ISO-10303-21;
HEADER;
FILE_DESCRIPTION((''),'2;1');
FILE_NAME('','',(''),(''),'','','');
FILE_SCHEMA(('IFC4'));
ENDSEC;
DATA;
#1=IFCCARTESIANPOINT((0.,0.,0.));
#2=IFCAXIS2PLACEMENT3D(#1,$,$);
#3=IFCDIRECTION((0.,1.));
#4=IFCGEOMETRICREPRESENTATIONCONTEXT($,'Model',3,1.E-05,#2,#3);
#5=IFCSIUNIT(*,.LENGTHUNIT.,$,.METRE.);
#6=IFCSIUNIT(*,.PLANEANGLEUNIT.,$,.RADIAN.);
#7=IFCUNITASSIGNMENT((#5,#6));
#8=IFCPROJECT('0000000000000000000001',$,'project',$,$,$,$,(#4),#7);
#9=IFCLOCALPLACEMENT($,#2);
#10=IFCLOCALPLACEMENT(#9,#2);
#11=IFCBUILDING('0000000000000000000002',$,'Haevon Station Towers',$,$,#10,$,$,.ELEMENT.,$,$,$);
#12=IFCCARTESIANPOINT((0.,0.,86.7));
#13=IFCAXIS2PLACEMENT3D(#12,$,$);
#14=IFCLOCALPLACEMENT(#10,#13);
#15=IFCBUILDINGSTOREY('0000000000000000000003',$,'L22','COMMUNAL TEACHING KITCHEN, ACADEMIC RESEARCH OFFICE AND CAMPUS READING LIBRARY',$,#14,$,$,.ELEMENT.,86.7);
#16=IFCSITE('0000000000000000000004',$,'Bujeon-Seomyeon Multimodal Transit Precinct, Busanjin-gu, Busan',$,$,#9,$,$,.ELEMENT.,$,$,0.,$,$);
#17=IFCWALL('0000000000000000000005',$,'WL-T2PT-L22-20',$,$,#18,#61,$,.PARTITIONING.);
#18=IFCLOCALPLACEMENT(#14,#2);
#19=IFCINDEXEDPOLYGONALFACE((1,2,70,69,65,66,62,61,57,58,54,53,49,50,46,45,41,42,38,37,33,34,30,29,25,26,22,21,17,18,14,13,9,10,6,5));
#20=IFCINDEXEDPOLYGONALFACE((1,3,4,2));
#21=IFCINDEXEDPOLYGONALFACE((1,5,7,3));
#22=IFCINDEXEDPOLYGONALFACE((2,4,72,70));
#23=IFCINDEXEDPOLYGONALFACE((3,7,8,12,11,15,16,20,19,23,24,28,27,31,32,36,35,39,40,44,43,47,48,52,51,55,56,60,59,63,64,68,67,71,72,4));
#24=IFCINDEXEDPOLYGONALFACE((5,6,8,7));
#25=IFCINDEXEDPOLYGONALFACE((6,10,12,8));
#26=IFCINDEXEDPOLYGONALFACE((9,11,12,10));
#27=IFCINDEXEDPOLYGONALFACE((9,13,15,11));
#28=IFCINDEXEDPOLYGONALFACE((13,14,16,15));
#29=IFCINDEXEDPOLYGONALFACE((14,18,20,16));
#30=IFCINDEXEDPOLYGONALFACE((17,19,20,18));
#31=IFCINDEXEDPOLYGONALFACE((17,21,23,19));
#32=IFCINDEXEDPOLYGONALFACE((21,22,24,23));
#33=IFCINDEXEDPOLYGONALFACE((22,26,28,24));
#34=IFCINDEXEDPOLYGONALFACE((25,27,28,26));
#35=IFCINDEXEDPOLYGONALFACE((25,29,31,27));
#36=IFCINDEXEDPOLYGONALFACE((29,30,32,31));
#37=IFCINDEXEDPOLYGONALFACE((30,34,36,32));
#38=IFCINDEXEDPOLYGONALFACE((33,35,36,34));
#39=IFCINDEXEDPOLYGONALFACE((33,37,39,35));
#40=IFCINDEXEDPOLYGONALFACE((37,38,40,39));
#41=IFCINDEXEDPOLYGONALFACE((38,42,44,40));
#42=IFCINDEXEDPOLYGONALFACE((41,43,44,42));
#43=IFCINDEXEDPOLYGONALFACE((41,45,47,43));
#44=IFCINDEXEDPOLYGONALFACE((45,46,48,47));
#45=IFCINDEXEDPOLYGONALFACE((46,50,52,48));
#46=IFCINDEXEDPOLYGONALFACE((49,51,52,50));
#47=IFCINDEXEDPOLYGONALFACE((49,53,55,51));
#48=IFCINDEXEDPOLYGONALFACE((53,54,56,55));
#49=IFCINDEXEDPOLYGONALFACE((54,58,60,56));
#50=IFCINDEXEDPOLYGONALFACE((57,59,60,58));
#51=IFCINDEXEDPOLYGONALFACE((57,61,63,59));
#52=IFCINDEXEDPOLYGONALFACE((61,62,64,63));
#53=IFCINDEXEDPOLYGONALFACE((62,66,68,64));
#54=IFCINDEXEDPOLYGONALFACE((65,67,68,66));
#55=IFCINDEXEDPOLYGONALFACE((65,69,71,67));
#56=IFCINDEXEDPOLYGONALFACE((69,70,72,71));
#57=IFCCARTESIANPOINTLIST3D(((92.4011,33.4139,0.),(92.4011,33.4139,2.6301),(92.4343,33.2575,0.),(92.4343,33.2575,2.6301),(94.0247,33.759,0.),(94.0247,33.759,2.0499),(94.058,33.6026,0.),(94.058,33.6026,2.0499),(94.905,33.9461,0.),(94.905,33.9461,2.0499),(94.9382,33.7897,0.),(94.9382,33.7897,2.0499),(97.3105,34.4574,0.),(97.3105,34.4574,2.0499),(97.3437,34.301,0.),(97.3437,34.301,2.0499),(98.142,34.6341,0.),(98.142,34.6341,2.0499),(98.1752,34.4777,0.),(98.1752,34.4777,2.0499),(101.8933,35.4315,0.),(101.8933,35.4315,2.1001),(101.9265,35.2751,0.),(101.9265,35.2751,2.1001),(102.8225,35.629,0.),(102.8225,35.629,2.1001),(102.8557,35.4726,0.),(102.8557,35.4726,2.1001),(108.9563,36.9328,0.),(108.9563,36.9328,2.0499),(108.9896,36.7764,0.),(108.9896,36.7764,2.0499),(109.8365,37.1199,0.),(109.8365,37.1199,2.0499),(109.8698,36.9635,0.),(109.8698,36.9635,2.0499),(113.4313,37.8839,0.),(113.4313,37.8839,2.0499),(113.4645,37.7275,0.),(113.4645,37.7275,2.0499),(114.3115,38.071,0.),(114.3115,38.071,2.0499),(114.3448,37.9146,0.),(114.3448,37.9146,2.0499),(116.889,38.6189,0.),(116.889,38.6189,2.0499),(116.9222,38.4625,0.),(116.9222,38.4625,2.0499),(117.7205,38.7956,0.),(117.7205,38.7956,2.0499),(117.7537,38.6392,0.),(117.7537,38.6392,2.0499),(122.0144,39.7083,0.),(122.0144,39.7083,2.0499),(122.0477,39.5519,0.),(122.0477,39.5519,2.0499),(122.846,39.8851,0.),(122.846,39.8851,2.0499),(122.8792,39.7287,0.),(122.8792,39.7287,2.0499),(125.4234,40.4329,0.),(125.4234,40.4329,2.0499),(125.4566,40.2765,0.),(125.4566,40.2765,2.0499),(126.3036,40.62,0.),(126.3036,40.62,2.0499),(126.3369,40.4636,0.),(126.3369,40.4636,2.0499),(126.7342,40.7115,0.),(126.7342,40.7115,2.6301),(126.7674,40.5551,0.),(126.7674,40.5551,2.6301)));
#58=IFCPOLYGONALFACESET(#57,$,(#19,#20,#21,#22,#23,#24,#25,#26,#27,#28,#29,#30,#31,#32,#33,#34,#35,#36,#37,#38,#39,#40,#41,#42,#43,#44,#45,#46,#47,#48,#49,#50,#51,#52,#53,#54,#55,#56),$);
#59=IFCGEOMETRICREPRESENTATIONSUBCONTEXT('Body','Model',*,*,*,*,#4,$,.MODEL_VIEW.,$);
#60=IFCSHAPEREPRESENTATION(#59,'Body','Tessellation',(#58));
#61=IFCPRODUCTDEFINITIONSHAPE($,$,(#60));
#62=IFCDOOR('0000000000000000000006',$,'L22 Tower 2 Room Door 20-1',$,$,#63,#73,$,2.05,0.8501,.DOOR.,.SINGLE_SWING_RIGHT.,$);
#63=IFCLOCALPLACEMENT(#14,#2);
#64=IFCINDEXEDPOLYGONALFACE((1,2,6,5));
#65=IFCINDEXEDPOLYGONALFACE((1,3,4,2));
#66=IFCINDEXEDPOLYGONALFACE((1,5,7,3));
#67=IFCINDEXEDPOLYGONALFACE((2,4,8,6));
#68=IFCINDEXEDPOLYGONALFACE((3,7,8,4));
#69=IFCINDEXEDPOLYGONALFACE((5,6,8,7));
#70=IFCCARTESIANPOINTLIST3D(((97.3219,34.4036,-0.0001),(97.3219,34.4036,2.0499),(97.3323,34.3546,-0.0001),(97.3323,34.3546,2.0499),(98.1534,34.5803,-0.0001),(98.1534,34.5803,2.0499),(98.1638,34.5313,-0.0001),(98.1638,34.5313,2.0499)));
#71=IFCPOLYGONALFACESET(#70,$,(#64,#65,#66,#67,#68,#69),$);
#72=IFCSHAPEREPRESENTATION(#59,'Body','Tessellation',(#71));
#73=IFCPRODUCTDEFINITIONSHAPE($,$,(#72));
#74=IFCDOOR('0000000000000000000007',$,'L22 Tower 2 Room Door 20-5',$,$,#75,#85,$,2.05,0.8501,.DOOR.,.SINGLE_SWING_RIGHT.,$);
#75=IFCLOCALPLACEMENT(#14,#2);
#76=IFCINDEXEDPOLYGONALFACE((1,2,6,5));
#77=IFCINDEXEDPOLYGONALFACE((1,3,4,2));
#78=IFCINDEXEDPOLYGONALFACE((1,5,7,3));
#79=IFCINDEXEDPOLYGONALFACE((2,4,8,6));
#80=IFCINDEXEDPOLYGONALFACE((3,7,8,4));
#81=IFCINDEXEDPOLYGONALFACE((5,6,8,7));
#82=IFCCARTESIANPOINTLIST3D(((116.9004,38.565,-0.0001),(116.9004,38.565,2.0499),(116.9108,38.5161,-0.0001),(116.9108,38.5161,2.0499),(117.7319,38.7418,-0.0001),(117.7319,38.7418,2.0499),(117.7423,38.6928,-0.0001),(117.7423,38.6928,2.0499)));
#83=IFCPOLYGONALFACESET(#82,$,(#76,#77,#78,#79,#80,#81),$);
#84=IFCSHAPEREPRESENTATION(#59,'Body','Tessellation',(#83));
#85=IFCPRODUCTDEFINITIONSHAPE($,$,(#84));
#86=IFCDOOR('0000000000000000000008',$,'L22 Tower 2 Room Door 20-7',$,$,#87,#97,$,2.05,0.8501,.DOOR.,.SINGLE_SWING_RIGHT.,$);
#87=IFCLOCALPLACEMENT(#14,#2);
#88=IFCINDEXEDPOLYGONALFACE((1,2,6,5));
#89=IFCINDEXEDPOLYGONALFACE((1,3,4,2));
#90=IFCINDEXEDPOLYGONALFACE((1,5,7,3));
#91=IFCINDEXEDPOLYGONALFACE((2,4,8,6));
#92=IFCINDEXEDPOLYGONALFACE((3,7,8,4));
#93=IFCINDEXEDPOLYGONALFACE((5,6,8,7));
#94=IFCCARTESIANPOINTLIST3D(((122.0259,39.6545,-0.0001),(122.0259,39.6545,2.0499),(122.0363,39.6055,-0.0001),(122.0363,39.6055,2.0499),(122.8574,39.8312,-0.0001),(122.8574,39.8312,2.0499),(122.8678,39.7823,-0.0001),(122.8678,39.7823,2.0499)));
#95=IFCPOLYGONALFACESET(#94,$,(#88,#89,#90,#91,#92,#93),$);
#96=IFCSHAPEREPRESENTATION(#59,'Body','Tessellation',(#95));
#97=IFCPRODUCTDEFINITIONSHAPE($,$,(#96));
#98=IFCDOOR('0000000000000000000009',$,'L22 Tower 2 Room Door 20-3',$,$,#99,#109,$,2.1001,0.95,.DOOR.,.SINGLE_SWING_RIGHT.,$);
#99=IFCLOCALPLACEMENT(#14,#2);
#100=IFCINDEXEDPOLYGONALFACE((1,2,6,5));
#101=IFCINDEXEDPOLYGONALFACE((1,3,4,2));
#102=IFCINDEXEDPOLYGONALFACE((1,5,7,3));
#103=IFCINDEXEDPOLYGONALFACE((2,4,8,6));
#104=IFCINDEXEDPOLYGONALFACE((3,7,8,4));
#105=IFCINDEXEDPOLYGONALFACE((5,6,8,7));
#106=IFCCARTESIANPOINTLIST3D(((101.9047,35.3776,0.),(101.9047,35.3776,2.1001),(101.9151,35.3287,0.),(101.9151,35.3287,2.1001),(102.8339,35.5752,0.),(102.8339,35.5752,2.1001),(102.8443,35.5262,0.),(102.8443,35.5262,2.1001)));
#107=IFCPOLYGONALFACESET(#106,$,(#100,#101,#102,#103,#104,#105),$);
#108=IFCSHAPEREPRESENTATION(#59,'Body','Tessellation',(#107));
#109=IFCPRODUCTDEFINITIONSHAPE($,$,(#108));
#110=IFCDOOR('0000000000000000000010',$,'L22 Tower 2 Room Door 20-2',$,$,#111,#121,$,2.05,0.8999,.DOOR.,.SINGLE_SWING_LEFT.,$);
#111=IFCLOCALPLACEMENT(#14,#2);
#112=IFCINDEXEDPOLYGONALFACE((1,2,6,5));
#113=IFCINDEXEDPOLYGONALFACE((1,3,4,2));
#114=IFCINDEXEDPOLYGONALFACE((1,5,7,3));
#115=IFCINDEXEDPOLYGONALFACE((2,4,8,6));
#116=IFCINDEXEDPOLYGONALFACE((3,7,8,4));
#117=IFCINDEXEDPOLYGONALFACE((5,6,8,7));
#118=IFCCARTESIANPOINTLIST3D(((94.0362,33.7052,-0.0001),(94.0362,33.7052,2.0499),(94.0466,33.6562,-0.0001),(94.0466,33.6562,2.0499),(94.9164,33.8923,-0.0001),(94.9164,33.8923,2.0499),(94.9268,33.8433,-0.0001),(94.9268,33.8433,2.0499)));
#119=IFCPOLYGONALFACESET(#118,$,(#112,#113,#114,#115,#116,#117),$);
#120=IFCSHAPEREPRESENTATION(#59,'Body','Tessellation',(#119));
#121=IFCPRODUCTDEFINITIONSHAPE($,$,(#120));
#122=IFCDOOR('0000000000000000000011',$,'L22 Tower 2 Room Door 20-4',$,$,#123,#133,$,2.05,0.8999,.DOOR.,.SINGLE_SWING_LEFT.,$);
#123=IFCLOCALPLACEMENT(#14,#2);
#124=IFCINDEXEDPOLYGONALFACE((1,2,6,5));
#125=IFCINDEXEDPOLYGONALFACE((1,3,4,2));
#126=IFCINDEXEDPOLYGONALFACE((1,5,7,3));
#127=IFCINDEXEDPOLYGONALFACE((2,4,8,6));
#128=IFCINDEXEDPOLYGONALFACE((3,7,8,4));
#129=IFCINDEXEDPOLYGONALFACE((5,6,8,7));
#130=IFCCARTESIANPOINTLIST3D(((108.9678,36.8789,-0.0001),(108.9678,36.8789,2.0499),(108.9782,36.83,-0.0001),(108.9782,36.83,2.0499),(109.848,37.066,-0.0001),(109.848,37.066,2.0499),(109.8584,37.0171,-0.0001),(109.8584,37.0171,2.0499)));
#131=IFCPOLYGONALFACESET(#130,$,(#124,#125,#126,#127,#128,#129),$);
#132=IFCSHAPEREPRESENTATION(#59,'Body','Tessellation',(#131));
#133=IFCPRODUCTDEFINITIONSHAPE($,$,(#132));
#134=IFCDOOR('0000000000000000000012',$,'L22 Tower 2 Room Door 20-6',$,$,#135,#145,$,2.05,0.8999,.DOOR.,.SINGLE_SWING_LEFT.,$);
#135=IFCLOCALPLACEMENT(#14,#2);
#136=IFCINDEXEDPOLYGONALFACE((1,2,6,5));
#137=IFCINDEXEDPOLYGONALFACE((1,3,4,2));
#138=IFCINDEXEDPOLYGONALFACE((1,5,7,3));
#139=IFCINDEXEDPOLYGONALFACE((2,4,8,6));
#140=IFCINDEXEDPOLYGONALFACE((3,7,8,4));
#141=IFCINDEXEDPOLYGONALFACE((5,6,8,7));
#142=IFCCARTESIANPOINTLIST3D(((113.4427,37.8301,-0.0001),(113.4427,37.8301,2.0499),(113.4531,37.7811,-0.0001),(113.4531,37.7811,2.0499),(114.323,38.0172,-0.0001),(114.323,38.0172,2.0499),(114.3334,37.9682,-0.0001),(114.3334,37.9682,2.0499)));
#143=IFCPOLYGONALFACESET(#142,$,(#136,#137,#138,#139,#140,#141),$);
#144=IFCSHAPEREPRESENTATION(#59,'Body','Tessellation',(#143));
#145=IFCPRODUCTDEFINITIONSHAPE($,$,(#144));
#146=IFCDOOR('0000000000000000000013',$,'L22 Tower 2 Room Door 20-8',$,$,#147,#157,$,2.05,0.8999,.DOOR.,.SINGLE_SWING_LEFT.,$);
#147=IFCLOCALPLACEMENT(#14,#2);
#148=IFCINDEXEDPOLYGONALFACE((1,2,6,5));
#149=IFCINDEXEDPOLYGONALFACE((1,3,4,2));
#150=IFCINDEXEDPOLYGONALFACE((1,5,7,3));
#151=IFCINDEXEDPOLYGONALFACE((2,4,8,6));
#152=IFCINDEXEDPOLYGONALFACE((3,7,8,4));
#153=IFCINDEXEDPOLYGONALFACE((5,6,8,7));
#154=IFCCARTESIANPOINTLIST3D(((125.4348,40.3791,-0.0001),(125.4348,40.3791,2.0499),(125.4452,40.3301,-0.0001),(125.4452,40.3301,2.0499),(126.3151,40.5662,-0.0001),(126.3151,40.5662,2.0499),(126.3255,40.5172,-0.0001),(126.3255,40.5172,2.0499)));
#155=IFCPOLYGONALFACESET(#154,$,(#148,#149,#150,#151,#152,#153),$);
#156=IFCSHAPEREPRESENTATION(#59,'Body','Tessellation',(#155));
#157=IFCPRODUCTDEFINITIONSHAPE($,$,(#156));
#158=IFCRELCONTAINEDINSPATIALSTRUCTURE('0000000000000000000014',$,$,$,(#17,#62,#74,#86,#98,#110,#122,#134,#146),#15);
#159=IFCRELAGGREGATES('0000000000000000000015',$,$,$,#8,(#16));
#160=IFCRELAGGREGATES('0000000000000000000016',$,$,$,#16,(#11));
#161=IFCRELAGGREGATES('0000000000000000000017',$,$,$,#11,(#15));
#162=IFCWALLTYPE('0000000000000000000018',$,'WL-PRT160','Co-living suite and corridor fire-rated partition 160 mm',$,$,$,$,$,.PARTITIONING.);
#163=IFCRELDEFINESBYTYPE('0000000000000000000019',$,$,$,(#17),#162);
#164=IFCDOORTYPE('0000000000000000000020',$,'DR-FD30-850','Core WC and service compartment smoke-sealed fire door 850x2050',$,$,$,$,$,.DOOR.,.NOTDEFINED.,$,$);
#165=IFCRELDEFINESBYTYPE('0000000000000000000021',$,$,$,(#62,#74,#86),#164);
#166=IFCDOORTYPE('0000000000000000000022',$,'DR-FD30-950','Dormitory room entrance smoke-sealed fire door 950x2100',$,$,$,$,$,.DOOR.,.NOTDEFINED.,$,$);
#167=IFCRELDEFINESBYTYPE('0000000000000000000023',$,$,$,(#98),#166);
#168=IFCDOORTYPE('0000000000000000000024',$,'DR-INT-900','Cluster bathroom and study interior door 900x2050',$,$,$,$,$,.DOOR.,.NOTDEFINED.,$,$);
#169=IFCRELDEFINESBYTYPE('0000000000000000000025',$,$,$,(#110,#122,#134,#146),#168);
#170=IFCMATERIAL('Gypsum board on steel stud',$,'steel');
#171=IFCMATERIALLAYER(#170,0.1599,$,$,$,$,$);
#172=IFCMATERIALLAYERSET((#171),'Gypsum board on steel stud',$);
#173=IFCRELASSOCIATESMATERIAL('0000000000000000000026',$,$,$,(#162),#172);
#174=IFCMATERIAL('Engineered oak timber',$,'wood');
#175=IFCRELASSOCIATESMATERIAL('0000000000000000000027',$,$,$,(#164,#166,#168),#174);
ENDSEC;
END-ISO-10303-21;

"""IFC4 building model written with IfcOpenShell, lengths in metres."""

from ifc_helpers import new_model, si_unit, direction, frame, frame_2d, origin, place, context, subcontext, project, spatial, rectangle, extrude, material, layer, layer_set, type_object, element, fill, save


model = new_model("IFC4")

# Units and contexts
model_context = context("Model", 3, precision=1e-05, world=origin(), true_north=direction((0.0, 1.0)))
body_context = subcontext(model_context, "Body", "Model", "MODEL_VIEW")
ifc_project = project(units=[si_unit("LENGTHUNIT", "METRE"), si_unit("PLANEANGLEUNIT", "RADIAN")], contexts=[model_context])

# Site, building, storey
site_placement = place(None, origin())
site = spatial("IfcSite", under=ifc_project, at=site_placement, Name="Bujeon-Seomyeon Multimodal Transit Precinct, Busanjin-gu, Busan", CompositionType="ELEMENT", RefElevation=0.0)
building_placement = place(site_placement, origin())
building = spatial("IfcBuilding", under=site, at=building_placement, Name="Haevon Station Towers", CompositionType="ELEMENT")
storey_placement = place(building_placement, frame((0.0, 0.0, 86.7)))
storey = spatial("IfcBuildingStorey", under=building, at=storey_placement, Name="L22", Description="COMMUNAL TEACHING KITCHEN, ACADEMIC RESEARCH OFFICE AND CAMPUS READING LIBRARY", CompositionType="ELEMENT", Elevation=86.7)

# Shared definitions
ifc_material_1 = material(Name="Gypsum board on steel stud", Category="steel")
ifc_layer_1 = layer(ifc_material_1, 0.1599)
ifc_layer_set_1 = layer_set([ifc_layer_1], Name="Gypsum board on steel stud")
wall_type_1 = type_object("IfcWallType", Name="WL-PRT160", Description="Co-living suite and corridor fire-rated partition 160 mm", PredefinedType="PARTITIONING", material=ifc_layer_set_1)

# Wall, openings, doors
wall_1_placement = place(storey_placement, frame((92.4177, 33.3357, 0.0), z_axis=(0.0, 0.0, 1.0), x_axis=(0.978148, 0.207909, 0.0)))
wall_1 = element("IfcWall", 1, at=wall_1_placement, inside=storey, type_object=wall_type_1, Name="WL-T2PT-L22-20", PredefinedType="PARTITIONING", context=body_context, shape_type="SweptSolid", body=[
    extrude(rectangle(XDim=35.1001, YDim=0.1599, at=frame_2d((17.55, 0.0))), origin(), (0.0, 0.0, 1.0), 2.6301),
])
opening_1_placement = place(wall_1_placement, frame((5.019, 0.0, 0.0)))
opening_1 = element("IfcOpeningElement", 2, at=opening_1_placement, cuts=wall_1, PredefinedType="OPENING", context=body_context, shape_type="SweptSolid", body=[
    extrude(rectangle(XDim=0.8501, YDim=2.05, at=frame_2d((0.425, 1.0249))), frame((0.0, 0.0898, 0.0), z_axis=(0.0, -1.0, 0.0), x_axis=(1.0, 0.0, 0.0)), (0.0, 0.0, 1.0), 0.1799),
])
opening_2_placement = place(wall_1_placement, frame((1.6599, 0.0, 0.0)))
opening_2 = element("IfcOpeningElement", 3, at=opening_2_placement, cuts=wall_1, PredefinedType="OPENING", context=body_context, shape_type="SweptSolid", body=[
    extrude(rectangle(XDim=0.8999, YDim=2.05, at=frame_2d((0.45, 1.0249))), frame((0.0, 0.0898, 0.0), z_axis=(0.0, -1.0, 0.0), x_axis=(1.0, 0.0, 0.0)), (0.0, 0.0, 1.0), 0.1799),
])
opening_3_placement = place(wall_1_placement, frame((9.7041, 0.0, 0.0)))
opening_3 = element("IfcOpeningElement", 4, at=opening_3_placement, cuts=wall_1, PredefinedType="OPENING", context=body_context, shape_type="SweptSolid", body=[
    extrude(rectangle(XDim=0.95, YDim=2.1001, at=frame_2d((0.4751, 1.05))), frame((0.0, 0.0898, 0.0), z_axis=(0.0, -1.0, 0.0), x_axis=(1.0, 0.0, 0.0)), (0.0, 0.0, 1.0), 0.1799),
])
opening_4_placement = place(wall_1_placement, frame((16.925, 0.0, 0.0)))
opening_4 = element("IfcOpeningElement", 5, at=opening_4_placement, cuts=wall_1, PredefinedType="OPENING", context=body_context, shape_type="SweptSolid", body=[
    extrude(rectangle(XDim=0.8999, YDim=2.05, at=frame_2d((0.45, 1.0249))), frame((0.0, 0.0898, 0.0), z_axis=(0.0, -1.0, 0.0), x_axis=(1.0, 0.0, 0.0)), (0.0, 0.0, 1.0), 0.1799),
])
opening_5_placement = place(wall_1_placement, frame((25.0349, 0.0, 0.0)))
opening_5 = element("IfcOpeningElement", 6, at=opening_5_placement, cuts=wall_1, PredefinedType="OPENING", context=body_context, shape_type="SweptSolid", body=[
    extrude(rectangle(XDim=0.8501, YDim=2.05, at=frame_2d((0.425, 1.0249))), frame((0.0, 0.0898, 0.0), z_axis=(0.0, -1.0, 0.0), x_axis=(1.0, 0.0, 0.0)), (0.0, 0.0, 1.0), 0.1799),
])
opening_6_placement = place(wall_1_placement, frame((21.5, 0.0, 0.0)))
opening_6 = element("IfcOpeningElement", 7, at=opening_6_placement, cuts=wall_1, PredefinedType="OPENING", context=body_context, shape_type="SweptSolid", body=[
    extrude(rectangle(XDim=0.8999, YDim=2.05, at=frame_2d((0.45, 1.0249))), frame((0.0, 0.0898, 0.0), z_axis=(0.0, -1.0, 0.0), x_axis=(1.0, 0.0, 0.0)), (0.0, 0.0, 1.0), 0.1799),
])
opening_7_placement = place(wall_1_placement, frame((30.2749, 0.0, 0.0)))
opening_7 = element("IfcOpeningElement", 8, at=opening_7_placement, cuts=wall_1, PredefinedType="OPENING", context=body_context, shape_type="SweptSolid", body=[
    extrude(rectangle(XDim=0.8501, YDim=2.05, at=frame_2d((0.425, 1.0249))), frame((0.0, 0.0898, 0.0), z_axis=(0.0, -1.0, 0.0), x_axis=(1.0, 0.0, 0.0)), (0.0, 0.0, 1.0), 0.1799),
])
opening_8_placement = place(wall_1_placement, frame((33.76, 0.0, 0.0)))
opening_8 = element("IfcOpeningElement", 9, at=opening_8_placement, cuts=wall_1, PredefinedType="OPENING", context=body_context, shape_type="SweptSolid", body=[
    extrude(rectangle(XDim=0.8999, YDim=2.05, at=frame_2d((0.45, 1.0249))), frame((0.0, 0.0898, 0.0), z_axis=(0.0, -1.0, 0.0), x_axis=(1.0, 0.0, 0.0)), (0.0, 0.0, 1.0), 0.1799),
])
ifc_material_2 = material(Name="Engineered oak timber", Category="wood")
door_type_1 = type_object("IfcDoorType", Name="DR-FD30-850", Description="Core WC and service compartment smoke-sealed fire door 850x2050", OperationType="NOTDEFINED", PredefinedType="DOOR", material=ifc_material_2)
door_1_placement = place(opening_1_placement, origin())
door_1 = element("IfcDoor", 10, at=door_1_placement, inside=storey, type_object=door_type_1, Name="L22 Tower 2 Room Door 20-1", OperationType="SINGLE_SWING_RIGHT", OverallHeight=2.05, OverallWidth=0.8501, PredefinedType="DOOR", context=body_context, shape_type="SweptSolid", body=[
    extrude(rectangle(XDim=0.8501, YDim=2.05, at=frame_2d((0.425, 1.0249))), frame((0.0, 0.0249, 0.0), z_axis=(0.0, -1.0, 0.0), x_axis=(1.0, 0.0, 0.0)), (0.0, 0.0, 1.0), 0.05),
])
fill(opening_1, door_1)
door_2_placement = place(opening_5_placement, origin())
door_2 = element("IfcDoor", 11, at=door_2_placement, inside=storey, type_object=door_type_1, Name="L22 Tower 2 Room Door 20-5", OperationType="SINGLE_SWING_RIGHT", OverallHeight=2.05, OverallWidth=0.8501, PredefinedType="DOOR", context=body_context, shape_type="SweptSolid", body=[
    extrude(rectangle(XDim=0.8501, YDim=2.05, at=frame_2d((0.425, 1.0249))), frame((0.0, 0.0249, 0.0), z_axis=(0.0, -1.0, 0.0), x_axis=(1.0, 0.0, 0.0)), (0.0, 0.0, 1.0), 0.05),
])
fill(opening_5, door_2)
door_3_placement = place(opening_7_placement, origin())
door_3 = element("IfcDoor", 12, at=door_3_placement, inside=storey, type_object=door_type_1, Name="L22 Tower 2 Room Door 20-7", OperationType="SINGLE_SWING_RIGHT", OverallHeight=2.05, OverallWidth=0.8501, PredefinedType="DOOR", context=body_context, shape_type="SweptSolid", body=[
    extrude(rectangle(XDim=0.8501, YDim=2.05, at=frame_2d((0.425, 1.0249))), frame((0.0, 0.0249, 0.0), z_axis=(0.0, -1.0, 0.0), x_axis=(1.0, 0.0, 0.0)), (0.0, 0.0, 1.0), 0.05),
])
fill(opening_7, door_3)
door_type_2 = type_object("IfcDoorType", Name="DR-FD30-950", Description="Dormitory room entrance smoke-sealed fire door 950x2100", OperationType="NOTDEFINED", PredefinedType="DOOR", material=ifc_material_2)
door_4_placement = place(opening_3_placement, origin())
door_4 = element("IfcDoor", 13, at=door_4_placement, inside=storey, type_object=door_type_2, Name="L22 Tower 2 Room Door 20-3", OperationType="SINGLE_SWING_RIGHT", OverallHeight=2.1001, OverallWidth=0.95, PredefinedType="DOOR", context=body_context, shape_type="SweptSolid", body=[
    extrude(rectangle(XDim=0.95, YDim=2.1001, at=frame_2d((0.4751, 1.05))), frame((0.0, 0.0249, 0.0), z_axis=(0.0, -1.0, 0.0), x_axis=(1.0, 0.0, 0.0)), (0.0, 0.0, 1.0), 0.05),
])
fill(opening_3, door_4)
door_type_3 = type_object("IfcDoorType", Name="DR-INT-900", Description="Cluster bathroom and study interior door 900x2050", OperationType="NOTDEFINED", PredefinedType="DOOR", material=ifc_material_2)
door_5_placement = place(opening_2_placement, origin())
door_5 = element("IfcDoor", 14, at=door_5_placement, inside=storey, type_object=door_type_3, Name="L22 Tower 2 Room Door 20-2", OperationType="SINGLE_SWING_LEFT", OverallHeight=2.05, OverallWidth=0.8999, PredefinedType="DOOR", context=body_context, shape_type="SweptSolid", body=[
    extrude(rectangle(XDim=0.8999, YDim=2.05, at=frame_2d((0.45, 1.0249))), frame((0.0, 0.0249, 0.0), z_axis=(0.0, -1.0, 0.0), x_axis=(1.0, 0.0, 0.0)), (0.0, 0.0, 1.0), 0.05),
])
fill(opening_2, door_5)
door_6_placement = place(opening_4_placement, origin())
door_6 = element("IfcDoor", 15, at=door_6_placement, inside=storey, type_object=door_type_3, Name="L22 Tower 2 Room Door 20-4", OperationType="SINGLE_SWING_LEFT", OverallHeight=2.05, OverallWidth=0.8999, PredefinedType="DOOR", context=body_context, shape_type="SweptSolid", body=[
    extrude(rectangle(XDim=0.8999, YDim=2.05, at=frame_2d((0.45, 1.0249))), frame((0.0, 0.0249, 0.0), z_axis=(0.0, -1.0, 0.0), x_axis=(1.0, 0.0, 0.0)), (0.0, 0.0, 1.0), 0.05),
])
fill(opening_4, door_6)
door_7_placement = place(opening_6_placement, origin())
door_7 = element("IfcDoor", 16, at=door_7_placement, inside=storey, type_object=door_type_3, Name="L22 Tower 2 Room Door 20-6", OperationType="SINGLE_SWING_LEFT", OverallHeight=2.05, OverallWidth=0.8999, PredefinedType="DOOR", context=body_context, shape_type="SweptSolid", body=[
    extrude(rectangle(XDim=0.8999, YDim=2.05, at=frame_2d((0.45, 1.0249))), frame((0.0, 0.0249, 0.0), z_axis=(0.0, -1.0, 0.0), x_axis=(1.0, 0.0, 0.0)), (0.0, 0.0, 1.0), 0.05),
])
fill(opening_6, door_7)
door_8_placement = place(opening_8_placement, origin())
door_8 = element("IfcDoor", 17, at=door_8_placement, inside=storey, type_object=door_type_3, Name="L22 Tower 2 Room Door 20-8", OperationType="SINGLE_SWING_LEFT", OverallHeight=2.05, OverallWidth=0.8999, PredefinedType="DOOR", context=body_context, shape_type="SweptSolid", body=[
    extrude(rectangle(XDim=0.8999, YDim=2.05, at=frame_2d((0.45, 1.0249))), frame((0.0, 0.0249, 0.0), z_axis=(0.0, -1.0, 0.0), x_axis=(1.0, 0.0, 0.0)), (0.0, 0.0, 1.0), 0.05),
])
fill(opening_8, door_8)

save(model, "model.ifc")
